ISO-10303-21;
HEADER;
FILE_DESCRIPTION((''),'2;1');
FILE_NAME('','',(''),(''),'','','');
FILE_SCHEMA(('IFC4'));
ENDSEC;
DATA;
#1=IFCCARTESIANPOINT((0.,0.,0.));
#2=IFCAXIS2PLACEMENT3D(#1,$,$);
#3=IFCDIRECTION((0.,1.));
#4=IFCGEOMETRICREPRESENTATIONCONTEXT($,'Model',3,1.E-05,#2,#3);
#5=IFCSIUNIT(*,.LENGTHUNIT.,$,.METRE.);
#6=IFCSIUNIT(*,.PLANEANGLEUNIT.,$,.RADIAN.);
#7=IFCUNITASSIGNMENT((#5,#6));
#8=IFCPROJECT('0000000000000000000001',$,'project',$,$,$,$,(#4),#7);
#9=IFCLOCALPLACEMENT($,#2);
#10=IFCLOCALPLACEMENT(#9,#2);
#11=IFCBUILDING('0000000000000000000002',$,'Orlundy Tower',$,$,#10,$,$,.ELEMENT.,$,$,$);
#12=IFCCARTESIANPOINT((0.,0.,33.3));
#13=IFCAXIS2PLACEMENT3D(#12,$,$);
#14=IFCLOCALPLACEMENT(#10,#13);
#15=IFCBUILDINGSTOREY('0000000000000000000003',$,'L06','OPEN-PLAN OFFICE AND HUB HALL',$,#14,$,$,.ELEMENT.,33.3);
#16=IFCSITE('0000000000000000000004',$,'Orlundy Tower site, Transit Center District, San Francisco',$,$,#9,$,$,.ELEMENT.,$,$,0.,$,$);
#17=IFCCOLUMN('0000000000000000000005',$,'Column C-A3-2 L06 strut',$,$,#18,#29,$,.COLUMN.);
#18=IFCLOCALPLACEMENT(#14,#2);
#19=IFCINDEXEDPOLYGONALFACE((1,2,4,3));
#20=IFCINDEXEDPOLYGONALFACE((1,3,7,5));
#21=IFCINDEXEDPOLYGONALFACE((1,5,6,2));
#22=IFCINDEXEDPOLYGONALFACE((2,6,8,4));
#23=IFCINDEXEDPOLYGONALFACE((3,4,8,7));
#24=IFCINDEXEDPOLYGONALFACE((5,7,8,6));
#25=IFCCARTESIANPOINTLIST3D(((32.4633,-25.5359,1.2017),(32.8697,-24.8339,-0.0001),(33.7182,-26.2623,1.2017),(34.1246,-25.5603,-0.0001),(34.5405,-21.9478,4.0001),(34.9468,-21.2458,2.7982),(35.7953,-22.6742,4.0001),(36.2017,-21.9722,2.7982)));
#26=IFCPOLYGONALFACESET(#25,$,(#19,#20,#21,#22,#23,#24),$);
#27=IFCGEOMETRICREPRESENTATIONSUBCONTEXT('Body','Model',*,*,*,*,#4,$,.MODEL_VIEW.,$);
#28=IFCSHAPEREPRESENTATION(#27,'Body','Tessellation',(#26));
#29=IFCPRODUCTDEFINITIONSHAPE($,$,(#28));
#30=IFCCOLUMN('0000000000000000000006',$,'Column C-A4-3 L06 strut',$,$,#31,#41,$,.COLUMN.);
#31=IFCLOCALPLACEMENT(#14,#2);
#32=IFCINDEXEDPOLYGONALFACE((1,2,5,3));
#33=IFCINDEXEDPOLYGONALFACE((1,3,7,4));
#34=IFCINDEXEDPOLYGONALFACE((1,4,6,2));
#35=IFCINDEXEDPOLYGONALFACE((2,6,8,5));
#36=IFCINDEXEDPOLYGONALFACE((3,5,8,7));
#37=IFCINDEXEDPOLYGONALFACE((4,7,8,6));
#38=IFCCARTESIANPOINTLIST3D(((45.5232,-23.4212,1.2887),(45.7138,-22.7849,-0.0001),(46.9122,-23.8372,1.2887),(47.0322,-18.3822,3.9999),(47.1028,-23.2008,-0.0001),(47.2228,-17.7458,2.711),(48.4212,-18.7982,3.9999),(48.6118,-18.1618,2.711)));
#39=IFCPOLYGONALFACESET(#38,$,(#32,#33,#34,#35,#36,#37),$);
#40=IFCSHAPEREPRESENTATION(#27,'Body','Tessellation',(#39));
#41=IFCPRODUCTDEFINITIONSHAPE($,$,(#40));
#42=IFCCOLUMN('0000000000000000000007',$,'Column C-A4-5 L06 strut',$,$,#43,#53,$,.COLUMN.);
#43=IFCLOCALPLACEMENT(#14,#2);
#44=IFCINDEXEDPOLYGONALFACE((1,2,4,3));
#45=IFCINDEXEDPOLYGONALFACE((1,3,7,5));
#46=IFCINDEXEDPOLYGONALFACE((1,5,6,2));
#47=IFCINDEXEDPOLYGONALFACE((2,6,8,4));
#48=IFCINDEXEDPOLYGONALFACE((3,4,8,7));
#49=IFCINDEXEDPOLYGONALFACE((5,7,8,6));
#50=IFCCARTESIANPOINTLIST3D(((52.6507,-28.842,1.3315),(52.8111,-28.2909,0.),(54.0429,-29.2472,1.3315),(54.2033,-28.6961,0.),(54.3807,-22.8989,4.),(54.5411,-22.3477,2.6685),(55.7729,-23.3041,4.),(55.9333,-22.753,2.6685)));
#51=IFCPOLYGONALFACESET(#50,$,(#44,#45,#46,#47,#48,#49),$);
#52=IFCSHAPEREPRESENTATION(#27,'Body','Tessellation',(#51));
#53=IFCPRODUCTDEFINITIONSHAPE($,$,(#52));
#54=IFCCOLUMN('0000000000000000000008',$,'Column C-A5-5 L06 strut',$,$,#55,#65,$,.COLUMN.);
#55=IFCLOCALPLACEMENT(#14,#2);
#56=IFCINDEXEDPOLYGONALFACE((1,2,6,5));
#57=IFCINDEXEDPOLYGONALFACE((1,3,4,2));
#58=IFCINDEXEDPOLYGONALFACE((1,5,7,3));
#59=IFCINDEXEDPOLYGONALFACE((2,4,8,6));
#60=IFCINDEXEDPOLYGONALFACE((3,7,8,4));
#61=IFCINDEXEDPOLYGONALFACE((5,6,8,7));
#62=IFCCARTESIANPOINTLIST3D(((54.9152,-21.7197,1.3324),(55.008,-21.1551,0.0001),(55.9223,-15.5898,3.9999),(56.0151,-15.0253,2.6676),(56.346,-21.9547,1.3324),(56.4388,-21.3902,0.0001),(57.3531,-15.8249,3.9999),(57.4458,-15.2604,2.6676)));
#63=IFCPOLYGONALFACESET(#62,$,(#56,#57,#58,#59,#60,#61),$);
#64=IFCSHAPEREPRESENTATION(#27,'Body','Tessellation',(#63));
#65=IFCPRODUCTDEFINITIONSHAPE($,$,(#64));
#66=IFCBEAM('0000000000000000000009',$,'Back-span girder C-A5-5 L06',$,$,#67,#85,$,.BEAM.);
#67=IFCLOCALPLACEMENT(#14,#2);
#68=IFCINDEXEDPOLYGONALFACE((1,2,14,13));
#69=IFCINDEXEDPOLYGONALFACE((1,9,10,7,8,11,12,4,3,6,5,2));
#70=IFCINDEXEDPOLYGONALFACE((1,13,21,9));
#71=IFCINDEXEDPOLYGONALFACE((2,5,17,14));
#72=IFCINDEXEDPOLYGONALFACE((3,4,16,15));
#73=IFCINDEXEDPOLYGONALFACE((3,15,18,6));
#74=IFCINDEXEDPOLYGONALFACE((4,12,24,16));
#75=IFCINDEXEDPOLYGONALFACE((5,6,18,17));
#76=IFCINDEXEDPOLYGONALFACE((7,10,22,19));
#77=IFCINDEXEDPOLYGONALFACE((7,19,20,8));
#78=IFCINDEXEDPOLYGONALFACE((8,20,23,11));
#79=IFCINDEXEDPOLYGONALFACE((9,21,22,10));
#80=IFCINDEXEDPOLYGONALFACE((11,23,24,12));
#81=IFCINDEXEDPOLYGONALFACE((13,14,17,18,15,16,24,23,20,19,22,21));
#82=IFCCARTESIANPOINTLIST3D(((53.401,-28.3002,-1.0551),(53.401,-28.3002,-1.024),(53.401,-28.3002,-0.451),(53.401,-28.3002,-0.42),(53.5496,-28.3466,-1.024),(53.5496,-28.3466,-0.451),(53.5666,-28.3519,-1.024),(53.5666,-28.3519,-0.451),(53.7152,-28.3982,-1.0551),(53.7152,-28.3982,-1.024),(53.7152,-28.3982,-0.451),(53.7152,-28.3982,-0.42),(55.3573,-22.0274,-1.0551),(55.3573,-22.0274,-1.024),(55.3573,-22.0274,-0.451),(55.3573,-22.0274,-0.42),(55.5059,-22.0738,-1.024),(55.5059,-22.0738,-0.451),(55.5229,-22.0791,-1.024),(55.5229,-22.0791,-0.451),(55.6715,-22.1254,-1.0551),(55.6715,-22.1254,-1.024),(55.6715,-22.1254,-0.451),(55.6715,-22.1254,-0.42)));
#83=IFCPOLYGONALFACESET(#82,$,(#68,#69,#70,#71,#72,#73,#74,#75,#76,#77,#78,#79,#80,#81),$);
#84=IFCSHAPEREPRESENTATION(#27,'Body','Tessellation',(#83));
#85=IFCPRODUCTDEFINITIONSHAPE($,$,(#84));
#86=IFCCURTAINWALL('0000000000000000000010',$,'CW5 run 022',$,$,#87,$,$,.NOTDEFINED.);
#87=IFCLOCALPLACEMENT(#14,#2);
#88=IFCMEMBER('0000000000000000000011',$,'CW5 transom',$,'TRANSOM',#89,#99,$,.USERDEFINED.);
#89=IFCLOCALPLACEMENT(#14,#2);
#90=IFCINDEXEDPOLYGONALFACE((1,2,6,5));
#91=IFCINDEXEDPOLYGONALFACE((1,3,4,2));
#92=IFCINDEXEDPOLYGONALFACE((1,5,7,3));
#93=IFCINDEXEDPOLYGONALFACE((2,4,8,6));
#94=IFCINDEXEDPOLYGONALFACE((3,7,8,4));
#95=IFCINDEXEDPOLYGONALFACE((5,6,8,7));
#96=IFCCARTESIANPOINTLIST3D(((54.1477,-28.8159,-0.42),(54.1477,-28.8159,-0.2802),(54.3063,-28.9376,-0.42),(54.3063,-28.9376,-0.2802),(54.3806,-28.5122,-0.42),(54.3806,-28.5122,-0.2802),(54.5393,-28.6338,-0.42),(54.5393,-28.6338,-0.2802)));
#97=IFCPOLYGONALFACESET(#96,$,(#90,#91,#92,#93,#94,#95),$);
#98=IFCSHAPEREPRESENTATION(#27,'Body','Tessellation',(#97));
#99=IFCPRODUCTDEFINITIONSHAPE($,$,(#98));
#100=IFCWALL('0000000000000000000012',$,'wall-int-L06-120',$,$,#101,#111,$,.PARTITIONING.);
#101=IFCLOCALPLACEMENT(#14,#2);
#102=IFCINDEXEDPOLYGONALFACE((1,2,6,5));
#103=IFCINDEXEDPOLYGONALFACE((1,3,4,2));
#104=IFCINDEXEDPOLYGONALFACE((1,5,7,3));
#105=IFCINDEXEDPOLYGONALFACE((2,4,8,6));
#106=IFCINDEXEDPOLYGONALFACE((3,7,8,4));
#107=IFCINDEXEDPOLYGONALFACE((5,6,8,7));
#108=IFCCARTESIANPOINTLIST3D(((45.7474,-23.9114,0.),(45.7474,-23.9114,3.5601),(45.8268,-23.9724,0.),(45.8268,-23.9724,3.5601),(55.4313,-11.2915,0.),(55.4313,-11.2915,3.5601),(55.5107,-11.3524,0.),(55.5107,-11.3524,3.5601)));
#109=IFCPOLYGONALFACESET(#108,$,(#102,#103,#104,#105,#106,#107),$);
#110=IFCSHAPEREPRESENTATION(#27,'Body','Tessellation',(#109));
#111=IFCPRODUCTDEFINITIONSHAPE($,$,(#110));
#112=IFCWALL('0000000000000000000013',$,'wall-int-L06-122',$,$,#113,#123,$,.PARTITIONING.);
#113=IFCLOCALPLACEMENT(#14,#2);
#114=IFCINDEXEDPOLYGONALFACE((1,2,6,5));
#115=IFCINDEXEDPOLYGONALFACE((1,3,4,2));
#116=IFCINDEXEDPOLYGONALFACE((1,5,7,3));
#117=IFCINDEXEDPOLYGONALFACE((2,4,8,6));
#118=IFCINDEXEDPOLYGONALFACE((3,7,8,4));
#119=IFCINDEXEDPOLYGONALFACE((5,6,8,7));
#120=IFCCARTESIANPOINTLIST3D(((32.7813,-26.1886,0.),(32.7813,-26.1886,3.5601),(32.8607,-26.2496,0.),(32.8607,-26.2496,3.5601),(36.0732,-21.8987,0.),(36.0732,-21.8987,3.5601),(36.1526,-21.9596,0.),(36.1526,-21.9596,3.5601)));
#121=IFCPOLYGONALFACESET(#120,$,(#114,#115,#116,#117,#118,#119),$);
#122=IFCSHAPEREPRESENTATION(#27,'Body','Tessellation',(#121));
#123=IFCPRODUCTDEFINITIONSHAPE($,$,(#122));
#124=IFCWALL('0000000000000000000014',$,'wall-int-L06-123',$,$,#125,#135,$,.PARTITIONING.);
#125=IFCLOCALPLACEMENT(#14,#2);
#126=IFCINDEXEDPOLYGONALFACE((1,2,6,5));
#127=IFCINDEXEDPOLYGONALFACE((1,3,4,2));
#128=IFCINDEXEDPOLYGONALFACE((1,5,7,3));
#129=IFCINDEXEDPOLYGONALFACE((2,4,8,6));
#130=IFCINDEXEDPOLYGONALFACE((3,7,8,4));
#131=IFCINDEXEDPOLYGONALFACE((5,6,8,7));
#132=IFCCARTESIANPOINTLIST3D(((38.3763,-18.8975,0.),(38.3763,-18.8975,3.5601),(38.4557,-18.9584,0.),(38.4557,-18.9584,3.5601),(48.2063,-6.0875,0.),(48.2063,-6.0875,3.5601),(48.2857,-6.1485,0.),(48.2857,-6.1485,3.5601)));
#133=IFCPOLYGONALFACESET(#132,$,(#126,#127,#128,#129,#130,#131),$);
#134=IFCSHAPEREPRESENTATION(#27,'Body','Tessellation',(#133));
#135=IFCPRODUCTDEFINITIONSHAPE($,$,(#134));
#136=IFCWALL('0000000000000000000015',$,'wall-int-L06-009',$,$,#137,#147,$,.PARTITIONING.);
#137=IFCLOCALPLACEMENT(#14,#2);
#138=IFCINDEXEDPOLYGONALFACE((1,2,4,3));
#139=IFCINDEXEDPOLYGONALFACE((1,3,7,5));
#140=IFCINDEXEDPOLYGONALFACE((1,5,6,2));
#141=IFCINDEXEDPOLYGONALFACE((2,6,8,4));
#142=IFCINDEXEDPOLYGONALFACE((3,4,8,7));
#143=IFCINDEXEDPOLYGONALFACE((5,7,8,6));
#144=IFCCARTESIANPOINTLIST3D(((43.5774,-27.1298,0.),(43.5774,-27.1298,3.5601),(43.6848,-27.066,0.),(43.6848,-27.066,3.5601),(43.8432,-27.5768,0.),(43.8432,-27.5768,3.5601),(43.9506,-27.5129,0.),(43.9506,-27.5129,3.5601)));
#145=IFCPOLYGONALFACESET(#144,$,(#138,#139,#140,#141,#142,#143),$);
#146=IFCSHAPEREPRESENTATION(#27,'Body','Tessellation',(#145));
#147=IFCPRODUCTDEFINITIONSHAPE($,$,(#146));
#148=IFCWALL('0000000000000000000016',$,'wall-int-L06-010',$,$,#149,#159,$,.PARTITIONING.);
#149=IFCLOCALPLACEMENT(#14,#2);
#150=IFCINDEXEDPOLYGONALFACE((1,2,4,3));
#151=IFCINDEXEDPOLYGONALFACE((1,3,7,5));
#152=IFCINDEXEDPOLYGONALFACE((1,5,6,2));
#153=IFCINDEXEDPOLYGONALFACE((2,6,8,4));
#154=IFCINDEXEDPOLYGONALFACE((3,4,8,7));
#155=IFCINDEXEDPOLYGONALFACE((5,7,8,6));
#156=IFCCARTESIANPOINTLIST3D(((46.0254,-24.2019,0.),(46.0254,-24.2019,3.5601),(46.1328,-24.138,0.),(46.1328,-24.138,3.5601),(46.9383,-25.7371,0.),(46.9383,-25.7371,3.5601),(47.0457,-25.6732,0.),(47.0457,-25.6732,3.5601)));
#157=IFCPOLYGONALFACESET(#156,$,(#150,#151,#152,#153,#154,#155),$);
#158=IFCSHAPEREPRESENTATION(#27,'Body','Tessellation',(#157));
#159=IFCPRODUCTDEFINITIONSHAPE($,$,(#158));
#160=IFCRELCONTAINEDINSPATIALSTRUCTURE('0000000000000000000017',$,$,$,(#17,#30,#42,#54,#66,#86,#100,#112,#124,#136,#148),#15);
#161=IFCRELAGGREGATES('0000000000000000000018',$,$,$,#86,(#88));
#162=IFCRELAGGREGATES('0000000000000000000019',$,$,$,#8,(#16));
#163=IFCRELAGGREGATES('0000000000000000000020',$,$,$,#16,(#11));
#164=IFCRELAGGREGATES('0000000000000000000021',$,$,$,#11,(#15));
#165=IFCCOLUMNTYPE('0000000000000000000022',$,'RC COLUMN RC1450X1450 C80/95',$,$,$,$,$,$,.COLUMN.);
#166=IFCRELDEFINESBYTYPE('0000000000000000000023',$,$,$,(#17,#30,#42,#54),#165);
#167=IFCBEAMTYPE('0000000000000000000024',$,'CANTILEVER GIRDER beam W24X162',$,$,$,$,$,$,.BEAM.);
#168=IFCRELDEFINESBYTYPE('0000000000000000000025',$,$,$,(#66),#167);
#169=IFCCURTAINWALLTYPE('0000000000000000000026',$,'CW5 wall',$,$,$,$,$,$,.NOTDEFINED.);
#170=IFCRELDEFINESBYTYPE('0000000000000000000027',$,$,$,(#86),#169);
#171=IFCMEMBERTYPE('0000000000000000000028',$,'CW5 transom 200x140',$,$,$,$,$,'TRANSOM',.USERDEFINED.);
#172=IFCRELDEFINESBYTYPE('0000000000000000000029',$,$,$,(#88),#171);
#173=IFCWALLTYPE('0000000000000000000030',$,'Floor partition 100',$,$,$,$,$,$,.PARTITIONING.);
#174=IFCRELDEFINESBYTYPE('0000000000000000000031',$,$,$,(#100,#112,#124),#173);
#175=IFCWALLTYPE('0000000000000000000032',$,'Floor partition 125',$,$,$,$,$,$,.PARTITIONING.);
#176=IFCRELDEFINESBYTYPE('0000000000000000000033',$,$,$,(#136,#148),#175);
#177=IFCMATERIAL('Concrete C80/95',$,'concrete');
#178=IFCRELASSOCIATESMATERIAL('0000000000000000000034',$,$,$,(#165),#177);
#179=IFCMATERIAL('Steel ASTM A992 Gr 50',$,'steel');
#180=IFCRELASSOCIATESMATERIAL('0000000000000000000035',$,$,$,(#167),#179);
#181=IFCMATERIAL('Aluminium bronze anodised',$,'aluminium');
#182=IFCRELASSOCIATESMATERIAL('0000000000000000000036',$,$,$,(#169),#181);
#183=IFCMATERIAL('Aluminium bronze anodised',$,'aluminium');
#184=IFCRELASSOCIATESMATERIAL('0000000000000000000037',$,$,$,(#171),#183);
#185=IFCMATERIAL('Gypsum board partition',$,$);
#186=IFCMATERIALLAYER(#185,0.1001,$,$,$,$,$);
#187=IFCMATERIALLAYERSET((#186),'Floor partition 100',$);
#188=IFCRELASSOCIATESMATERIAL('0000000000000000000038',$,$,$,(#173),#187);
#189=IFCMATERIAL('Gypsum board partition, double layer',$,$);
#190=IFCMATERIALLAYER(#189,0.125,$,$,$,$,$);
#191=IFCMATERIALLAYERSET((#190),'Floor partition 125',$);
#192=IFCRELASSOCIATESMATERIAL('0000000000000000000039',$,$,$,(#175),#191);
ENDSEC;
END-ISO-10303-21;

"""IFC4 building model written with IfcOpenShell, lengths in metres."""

from ifc_helpers import new_model, si_unit, direction, frame, frame_2d, origin, origin_2d, place, context, subcontext, project, spatial, rectangle, i_section, extrude, material, layer, layer_set, material_profile, profile_set, type_object, element, aggregate, save


model = new_model("IFC4")

# Units and contexts
model_context = context("Model", 3, precision=1e-05, world=origin(), true_north=direction((0.0, 1.0)))
body_context = subcontext(model_context, "Body", "Model", "MODEL_VIEW")
ifc_project = project(units=[si_unit("LENGTHUNIT", "METRE"), si_unit("PLANEANGLEUNIT", "RADIAN")], contexts=[model_context])

# Site, building, storey
site_placement = place(None, origin())
site = spatial("IfcSite", under=ifc_project, at=site_placement, Name="Orlundy Tower site, Transit Center District, San Francisco", CompositionType="ELEMENT", RefElevation=0.0)
building_placement = place(site_placement, origin())
building = spatial("IfcBuilding", under=site, at=building_placement, Name="Orlundy Tower", CompositionType="ELEMENT")
storey_placement = place(building_placement, frame((0.0, 0.0, 33.3)))
storey = spatial("IfcBuildingStorey", under=building, at=storey_placement, Name="L06", Description="OPEN-PLAN OFFICE AND HUB HALL", CompositionType="ELEMENT", Elevation=33.3)

# Columns
ifc_material_1 = material(Name="Concrete C80/95", Category="concrete")
ifc_material_profile_1 = material_profile(ifc_material_1, rectangle(XDim=1.45, YDim=1.45, at=origin_2d()), Name="RC1450X1450")
ifc_profile_set_1 = profile_set([ifc_material_profile_1], Name="Concrete C80/95")
column_type = type_object("IfcColumnType", Name="RC COLUMN RC1450X1450 C80/95", PredefinedType="COLUMN", material=ifc_profile_set_1)
column_1_placement = place(storey_placement, frame((33.2939, -25.5481, 0.6008), z_axis=(0.415264, 0.717341, 0.559445), x_axis=(-0.865446, 0.501001, 0.0)))
element("IfcColumn", 1, at=column_1_placement, inside=storey, type_object=column_type, Name="Column C-A3-2 L06 strut", PredefinedType="COLUMN", context=body_context, shape_type="SweptSolid", body=[
    extrude(rectangle(XDim=1.45, YDim=1.45, at=origin_2d()), origin(), (0.0, 0.0, 1.0), 5.002),
])
column_2_placement = place(storey_placement, frame((46.313, -23.311, 0.6443), z_axis=(0.255001, 0.851516, 0.458144), x_axis=(-0.957967, 0.286879, 0.0)))
element("IfcColumn", 2, at=column_2_placement, inside=storey, type_object=column_type, Name="Column C-A4-3 L06 strut", PredefinedType="COLUMN", context=body_context, shape_type="SweptSolid", body=[
    extrude(rectangle(XDim=1.45, YDim=1.45, at=origin_2d()), origin(), (0.0, 0.0, 1.0), 5.9177),
])
column_3_placement = place(storey_placement, frame((53.427, -28.769, 0.6658), z_axis=(0.256655, 0.881705, 0.395885), x_axis=(-0.960149, 0.27949, 0.0)))
element("IfcColumn", 3, at=column_3_placement, inside=storey, type_object=column_type, Name="Column C-A4-5 L06 strut", PredefinedType="COLUMN", context=body_context, shape_type="SweptSolid", body=[
    extrude(rectangle(XDim=1.45, YDim=1.45, at=origin_2d()), origin(), (0.0, 0.0, 1.0), 6.7405),
])
column_4_placement = place(storey_placement, frame((55.677, -21.5549, 0.6663), z_axis=(0.148964, 0.906713, 0.394565), x_axis=(-0.986772, 0.162117, 0.0)))
element("IfcColumn", 4, at=column_4_placement, inside=storey, type_object=column_type, Name="Column C-A5-5 L06 strut", PredefinedType="COLUMN", context=body_context, shape_type="SweptSolid", body=[
    extrude(rectangle(XDim=1.45, YDim=1.45, at=origin_2d()), origin(), (0.0, 0.0, 1.0), 6.7605),
])

# Beam
ifc_material_2 = material(Name="Steel ASTM A992 Gr 50", Category="steel")
ifc_material_profile_2 = material_profile(ifc_material_2, i_section(OverallWidth=0.3291, OverallDepth=0.635, WebThickness=0.0178, FlangeThickness=0.031, at=origin_2d()), Name="W24X162")
ifc_profile_set_2 = profile_set([ifc_material_profile_2], Name="Steel ASTM A992 Gr 50")
beam_type = type_object("IfcBeamType", Name="CANTILEVER GIRDER beam W24X162", PredefinedType="BEAM", material=ifc_profile_set_2)
beam_placement = place(storey_placement, frame((55.5144, -22.0764, -0.7375), z_axis=(-0.297731, -0.95465, 0.0), x_axis=(0.95465, -0.297731, 0.0)))
element("IfcBeam", 5, at=beam_placement, inside=storey, type_object=beam_type, Name="Back-span girder C-A5-5 L06", PredefinedType="BEAM", context=body_context, shape_type="SweptSolid", body=[
    extrude(i_section(OverallWidth=0.3291, OverallDepth=0.635, WebThickness=0.0178, FlangeThickness=0.031, at=origin_2d()), origin(), (0.0, 0.0, 1.0), 6.5708),
])

# Curtain wall, member
ifc_material_3 = material(Name="Aluminium bronze anodised", Category="aluminium")
curtain_wall_type = type_object("IfcCurtainWallType", Name="CW5 wall", PredefinedType="NOTDEFINED", material=ifc_material_3)
curtain_wall_placement = place(storey_placement, origin())
curtain_wall = element("IfcCurtainWall", 6, at=curtain_wall_placement, inside=storey, type_object=curtain_wall_type, Name="CW5 run 022", PredefinedType="NOTDEFINED")
ifc_material_4 = material(Name="Aluminium bronze anodised", Category="aluminium")
ifc_material_profile_3 = material_profile(ifc_material_4, rectangle(XDim=0.2, YDim=0.1399, at=origin_2d()), Name="CW5 transom 200x140")
ifc_profile_set_3 = profile_set([ifc_material_profile_3], Name="Aluminium bronze anodised")
member_type = type_object("IfcMemberType", Name="CW5 transom 200x140", ElementType="TRANSOM", PredefinedType="USERDEFINED", material=ifc_profile_set_3)
member_placement = place(storey_placement, frame((54.46, -28.573, -0.3501), z_axis=(-0.608539, -0.793524, 0.0), x_axis=(0.793524, -0.608539, 0.0)))
member = element("IfcMember", 7, at=member_placement, type_object=member_type, Name="CW5 transom", ObjectType="TRANSOM", PredefinedType="USERDEFINED", context=body_context, shape_type="SweptSolid", body=[
    extrude(rectangle(XDim=0.2, YDim=0.1399, at=origin_2d()), origin(), (0.0, 0.0, 1.0), 0.3828),
])
aggregate(curtain_wall, [member])

# Walls
ifc_material_5 = material(Name="Gypsum board partition")
ifc_layer_1 = layer(ifc_material_5, 0.1001)
ifc_layer_set_1 = layer_set([ifc_layer_1], Name="Floor partition 100")
wall_type_1 = type_object("IfcWallType", Name="Floor partition 100", PredefinedType="PARTITIONING", material=ifc_layer_set_1)
wall_1_placement = place(storey_placement, frame((45.7871, -23.9419, 0.0), z_axis=(0.0, 0.0, 1.0), x_axis=(0.608772, 0.793345, 0.0)))
element("IfcWall", 8, at=wall_1_placement, inside=storey, type_object=wall_type_1, Name="wall-int-L06-120", PredefinedType="PARTITIONING", context=body_context, shape_type="SweptSolid", body=[
    extrude(rectangle(XDim=15.9072, YDim=0.1001, at=frame_2d((7.9536, 0.0))), origin(), (0.0, 0.0, 1.0), 3.5601),
])
wall_2_placement = place(storey_placement, frame((32.821, -26.219, 0.0), z_axis=(0.0, 0.0, 1.0), x_axis=(0.608776, 0.793342, 0.0)))
element("IfcWall", 9, at=wall_2_placement, inside=storey, type_object=wall_type_1, Name="wall-int-L06-122", PredefinedType="PARTITIONING", context=body_context, shape_type="SweptSolid", body=[
    extrude(rectangle(XDim=5.4075, YDim=0.1001, at=frame_2d((2.7036, 0.0))), origin(), (0.0, 0.0, 1.0), 3.5601),
])
wall_3_placement = place(storey_placement, frame((38.416, -18.928, 0.0), z_axis=(0.0, 0.0, 1.0), x_axis=(0.608784, 0.793336, 0.0)))
element("IfcWall", 10, at=wall_3_placement, inside=storey, type_object=wall_type_1, Name="wall-int-L06-123", PredefinedType="PARTITIONING", context=body_context, shape_type="SweptSolid", body=[
    extrude(rectangle(XDim=16.147, YDim=0.1001, at=frame_2d((8.0735, 0.0))), origin(), (0.0, 0.0, 1.0), 3.5601),
])
ifc_material_6 = material(Name="Gypsum board partition, double layer")
ifc_layer_2 = layer(ifc_material_6, 0.125)
ifc_layer_set_2 = layer_set([ifc_layer_2], Name="Floor partition 125")
wall_type_2 = type_object("IfcWallType", Name="Floor partition 125", PredefinedType="PARTITIONING", material=ifc_layer_set_2)
wall_4_placement = place(storey_placement, frame((43.6311, -27.0979, 0.0), z_axis=(0.0, 0.0, 1.0), x_axis=(0.511178, -0.859475, 0.0)))
element("IfcWall", 11, at=wall_4_placement, inside=storey, type_object=wall_type_2, Name="wall-int-L06-009", PredefinedType="PARTITIONING", context=body_context, shape_type="SweptSolid", body=[
    extrude(rectangle(XDim=0.52, YDim=0.125, at=frame_2d((0.26, 0.0))), origin(), (0.0, 0.0, 1.0), 3.5601),
])
wall_5_placement = place(storey_placement, frame((46.0791, -24.1699, 0.0), z_axis=(0.0, 0.0, 1.0), x_axis=(0.511094, -0.859525, 0.0)))
element("IfcWall", 12, at=wall_5_placement, inside=storey, type_object=wall_type_2, Name="wall-int-L06-010", PredefinedType="PARTITIONING", context=body_context, shape_type="SweptSolid", body=[
    extrude(rectangle(XDim=1.7861, YDim=0.125, at=frame_2d((0.8931, 0.0))), origin(), (0.0, 0.0, 1.0), 3.5601),
])

save(model, "model.ifc")
